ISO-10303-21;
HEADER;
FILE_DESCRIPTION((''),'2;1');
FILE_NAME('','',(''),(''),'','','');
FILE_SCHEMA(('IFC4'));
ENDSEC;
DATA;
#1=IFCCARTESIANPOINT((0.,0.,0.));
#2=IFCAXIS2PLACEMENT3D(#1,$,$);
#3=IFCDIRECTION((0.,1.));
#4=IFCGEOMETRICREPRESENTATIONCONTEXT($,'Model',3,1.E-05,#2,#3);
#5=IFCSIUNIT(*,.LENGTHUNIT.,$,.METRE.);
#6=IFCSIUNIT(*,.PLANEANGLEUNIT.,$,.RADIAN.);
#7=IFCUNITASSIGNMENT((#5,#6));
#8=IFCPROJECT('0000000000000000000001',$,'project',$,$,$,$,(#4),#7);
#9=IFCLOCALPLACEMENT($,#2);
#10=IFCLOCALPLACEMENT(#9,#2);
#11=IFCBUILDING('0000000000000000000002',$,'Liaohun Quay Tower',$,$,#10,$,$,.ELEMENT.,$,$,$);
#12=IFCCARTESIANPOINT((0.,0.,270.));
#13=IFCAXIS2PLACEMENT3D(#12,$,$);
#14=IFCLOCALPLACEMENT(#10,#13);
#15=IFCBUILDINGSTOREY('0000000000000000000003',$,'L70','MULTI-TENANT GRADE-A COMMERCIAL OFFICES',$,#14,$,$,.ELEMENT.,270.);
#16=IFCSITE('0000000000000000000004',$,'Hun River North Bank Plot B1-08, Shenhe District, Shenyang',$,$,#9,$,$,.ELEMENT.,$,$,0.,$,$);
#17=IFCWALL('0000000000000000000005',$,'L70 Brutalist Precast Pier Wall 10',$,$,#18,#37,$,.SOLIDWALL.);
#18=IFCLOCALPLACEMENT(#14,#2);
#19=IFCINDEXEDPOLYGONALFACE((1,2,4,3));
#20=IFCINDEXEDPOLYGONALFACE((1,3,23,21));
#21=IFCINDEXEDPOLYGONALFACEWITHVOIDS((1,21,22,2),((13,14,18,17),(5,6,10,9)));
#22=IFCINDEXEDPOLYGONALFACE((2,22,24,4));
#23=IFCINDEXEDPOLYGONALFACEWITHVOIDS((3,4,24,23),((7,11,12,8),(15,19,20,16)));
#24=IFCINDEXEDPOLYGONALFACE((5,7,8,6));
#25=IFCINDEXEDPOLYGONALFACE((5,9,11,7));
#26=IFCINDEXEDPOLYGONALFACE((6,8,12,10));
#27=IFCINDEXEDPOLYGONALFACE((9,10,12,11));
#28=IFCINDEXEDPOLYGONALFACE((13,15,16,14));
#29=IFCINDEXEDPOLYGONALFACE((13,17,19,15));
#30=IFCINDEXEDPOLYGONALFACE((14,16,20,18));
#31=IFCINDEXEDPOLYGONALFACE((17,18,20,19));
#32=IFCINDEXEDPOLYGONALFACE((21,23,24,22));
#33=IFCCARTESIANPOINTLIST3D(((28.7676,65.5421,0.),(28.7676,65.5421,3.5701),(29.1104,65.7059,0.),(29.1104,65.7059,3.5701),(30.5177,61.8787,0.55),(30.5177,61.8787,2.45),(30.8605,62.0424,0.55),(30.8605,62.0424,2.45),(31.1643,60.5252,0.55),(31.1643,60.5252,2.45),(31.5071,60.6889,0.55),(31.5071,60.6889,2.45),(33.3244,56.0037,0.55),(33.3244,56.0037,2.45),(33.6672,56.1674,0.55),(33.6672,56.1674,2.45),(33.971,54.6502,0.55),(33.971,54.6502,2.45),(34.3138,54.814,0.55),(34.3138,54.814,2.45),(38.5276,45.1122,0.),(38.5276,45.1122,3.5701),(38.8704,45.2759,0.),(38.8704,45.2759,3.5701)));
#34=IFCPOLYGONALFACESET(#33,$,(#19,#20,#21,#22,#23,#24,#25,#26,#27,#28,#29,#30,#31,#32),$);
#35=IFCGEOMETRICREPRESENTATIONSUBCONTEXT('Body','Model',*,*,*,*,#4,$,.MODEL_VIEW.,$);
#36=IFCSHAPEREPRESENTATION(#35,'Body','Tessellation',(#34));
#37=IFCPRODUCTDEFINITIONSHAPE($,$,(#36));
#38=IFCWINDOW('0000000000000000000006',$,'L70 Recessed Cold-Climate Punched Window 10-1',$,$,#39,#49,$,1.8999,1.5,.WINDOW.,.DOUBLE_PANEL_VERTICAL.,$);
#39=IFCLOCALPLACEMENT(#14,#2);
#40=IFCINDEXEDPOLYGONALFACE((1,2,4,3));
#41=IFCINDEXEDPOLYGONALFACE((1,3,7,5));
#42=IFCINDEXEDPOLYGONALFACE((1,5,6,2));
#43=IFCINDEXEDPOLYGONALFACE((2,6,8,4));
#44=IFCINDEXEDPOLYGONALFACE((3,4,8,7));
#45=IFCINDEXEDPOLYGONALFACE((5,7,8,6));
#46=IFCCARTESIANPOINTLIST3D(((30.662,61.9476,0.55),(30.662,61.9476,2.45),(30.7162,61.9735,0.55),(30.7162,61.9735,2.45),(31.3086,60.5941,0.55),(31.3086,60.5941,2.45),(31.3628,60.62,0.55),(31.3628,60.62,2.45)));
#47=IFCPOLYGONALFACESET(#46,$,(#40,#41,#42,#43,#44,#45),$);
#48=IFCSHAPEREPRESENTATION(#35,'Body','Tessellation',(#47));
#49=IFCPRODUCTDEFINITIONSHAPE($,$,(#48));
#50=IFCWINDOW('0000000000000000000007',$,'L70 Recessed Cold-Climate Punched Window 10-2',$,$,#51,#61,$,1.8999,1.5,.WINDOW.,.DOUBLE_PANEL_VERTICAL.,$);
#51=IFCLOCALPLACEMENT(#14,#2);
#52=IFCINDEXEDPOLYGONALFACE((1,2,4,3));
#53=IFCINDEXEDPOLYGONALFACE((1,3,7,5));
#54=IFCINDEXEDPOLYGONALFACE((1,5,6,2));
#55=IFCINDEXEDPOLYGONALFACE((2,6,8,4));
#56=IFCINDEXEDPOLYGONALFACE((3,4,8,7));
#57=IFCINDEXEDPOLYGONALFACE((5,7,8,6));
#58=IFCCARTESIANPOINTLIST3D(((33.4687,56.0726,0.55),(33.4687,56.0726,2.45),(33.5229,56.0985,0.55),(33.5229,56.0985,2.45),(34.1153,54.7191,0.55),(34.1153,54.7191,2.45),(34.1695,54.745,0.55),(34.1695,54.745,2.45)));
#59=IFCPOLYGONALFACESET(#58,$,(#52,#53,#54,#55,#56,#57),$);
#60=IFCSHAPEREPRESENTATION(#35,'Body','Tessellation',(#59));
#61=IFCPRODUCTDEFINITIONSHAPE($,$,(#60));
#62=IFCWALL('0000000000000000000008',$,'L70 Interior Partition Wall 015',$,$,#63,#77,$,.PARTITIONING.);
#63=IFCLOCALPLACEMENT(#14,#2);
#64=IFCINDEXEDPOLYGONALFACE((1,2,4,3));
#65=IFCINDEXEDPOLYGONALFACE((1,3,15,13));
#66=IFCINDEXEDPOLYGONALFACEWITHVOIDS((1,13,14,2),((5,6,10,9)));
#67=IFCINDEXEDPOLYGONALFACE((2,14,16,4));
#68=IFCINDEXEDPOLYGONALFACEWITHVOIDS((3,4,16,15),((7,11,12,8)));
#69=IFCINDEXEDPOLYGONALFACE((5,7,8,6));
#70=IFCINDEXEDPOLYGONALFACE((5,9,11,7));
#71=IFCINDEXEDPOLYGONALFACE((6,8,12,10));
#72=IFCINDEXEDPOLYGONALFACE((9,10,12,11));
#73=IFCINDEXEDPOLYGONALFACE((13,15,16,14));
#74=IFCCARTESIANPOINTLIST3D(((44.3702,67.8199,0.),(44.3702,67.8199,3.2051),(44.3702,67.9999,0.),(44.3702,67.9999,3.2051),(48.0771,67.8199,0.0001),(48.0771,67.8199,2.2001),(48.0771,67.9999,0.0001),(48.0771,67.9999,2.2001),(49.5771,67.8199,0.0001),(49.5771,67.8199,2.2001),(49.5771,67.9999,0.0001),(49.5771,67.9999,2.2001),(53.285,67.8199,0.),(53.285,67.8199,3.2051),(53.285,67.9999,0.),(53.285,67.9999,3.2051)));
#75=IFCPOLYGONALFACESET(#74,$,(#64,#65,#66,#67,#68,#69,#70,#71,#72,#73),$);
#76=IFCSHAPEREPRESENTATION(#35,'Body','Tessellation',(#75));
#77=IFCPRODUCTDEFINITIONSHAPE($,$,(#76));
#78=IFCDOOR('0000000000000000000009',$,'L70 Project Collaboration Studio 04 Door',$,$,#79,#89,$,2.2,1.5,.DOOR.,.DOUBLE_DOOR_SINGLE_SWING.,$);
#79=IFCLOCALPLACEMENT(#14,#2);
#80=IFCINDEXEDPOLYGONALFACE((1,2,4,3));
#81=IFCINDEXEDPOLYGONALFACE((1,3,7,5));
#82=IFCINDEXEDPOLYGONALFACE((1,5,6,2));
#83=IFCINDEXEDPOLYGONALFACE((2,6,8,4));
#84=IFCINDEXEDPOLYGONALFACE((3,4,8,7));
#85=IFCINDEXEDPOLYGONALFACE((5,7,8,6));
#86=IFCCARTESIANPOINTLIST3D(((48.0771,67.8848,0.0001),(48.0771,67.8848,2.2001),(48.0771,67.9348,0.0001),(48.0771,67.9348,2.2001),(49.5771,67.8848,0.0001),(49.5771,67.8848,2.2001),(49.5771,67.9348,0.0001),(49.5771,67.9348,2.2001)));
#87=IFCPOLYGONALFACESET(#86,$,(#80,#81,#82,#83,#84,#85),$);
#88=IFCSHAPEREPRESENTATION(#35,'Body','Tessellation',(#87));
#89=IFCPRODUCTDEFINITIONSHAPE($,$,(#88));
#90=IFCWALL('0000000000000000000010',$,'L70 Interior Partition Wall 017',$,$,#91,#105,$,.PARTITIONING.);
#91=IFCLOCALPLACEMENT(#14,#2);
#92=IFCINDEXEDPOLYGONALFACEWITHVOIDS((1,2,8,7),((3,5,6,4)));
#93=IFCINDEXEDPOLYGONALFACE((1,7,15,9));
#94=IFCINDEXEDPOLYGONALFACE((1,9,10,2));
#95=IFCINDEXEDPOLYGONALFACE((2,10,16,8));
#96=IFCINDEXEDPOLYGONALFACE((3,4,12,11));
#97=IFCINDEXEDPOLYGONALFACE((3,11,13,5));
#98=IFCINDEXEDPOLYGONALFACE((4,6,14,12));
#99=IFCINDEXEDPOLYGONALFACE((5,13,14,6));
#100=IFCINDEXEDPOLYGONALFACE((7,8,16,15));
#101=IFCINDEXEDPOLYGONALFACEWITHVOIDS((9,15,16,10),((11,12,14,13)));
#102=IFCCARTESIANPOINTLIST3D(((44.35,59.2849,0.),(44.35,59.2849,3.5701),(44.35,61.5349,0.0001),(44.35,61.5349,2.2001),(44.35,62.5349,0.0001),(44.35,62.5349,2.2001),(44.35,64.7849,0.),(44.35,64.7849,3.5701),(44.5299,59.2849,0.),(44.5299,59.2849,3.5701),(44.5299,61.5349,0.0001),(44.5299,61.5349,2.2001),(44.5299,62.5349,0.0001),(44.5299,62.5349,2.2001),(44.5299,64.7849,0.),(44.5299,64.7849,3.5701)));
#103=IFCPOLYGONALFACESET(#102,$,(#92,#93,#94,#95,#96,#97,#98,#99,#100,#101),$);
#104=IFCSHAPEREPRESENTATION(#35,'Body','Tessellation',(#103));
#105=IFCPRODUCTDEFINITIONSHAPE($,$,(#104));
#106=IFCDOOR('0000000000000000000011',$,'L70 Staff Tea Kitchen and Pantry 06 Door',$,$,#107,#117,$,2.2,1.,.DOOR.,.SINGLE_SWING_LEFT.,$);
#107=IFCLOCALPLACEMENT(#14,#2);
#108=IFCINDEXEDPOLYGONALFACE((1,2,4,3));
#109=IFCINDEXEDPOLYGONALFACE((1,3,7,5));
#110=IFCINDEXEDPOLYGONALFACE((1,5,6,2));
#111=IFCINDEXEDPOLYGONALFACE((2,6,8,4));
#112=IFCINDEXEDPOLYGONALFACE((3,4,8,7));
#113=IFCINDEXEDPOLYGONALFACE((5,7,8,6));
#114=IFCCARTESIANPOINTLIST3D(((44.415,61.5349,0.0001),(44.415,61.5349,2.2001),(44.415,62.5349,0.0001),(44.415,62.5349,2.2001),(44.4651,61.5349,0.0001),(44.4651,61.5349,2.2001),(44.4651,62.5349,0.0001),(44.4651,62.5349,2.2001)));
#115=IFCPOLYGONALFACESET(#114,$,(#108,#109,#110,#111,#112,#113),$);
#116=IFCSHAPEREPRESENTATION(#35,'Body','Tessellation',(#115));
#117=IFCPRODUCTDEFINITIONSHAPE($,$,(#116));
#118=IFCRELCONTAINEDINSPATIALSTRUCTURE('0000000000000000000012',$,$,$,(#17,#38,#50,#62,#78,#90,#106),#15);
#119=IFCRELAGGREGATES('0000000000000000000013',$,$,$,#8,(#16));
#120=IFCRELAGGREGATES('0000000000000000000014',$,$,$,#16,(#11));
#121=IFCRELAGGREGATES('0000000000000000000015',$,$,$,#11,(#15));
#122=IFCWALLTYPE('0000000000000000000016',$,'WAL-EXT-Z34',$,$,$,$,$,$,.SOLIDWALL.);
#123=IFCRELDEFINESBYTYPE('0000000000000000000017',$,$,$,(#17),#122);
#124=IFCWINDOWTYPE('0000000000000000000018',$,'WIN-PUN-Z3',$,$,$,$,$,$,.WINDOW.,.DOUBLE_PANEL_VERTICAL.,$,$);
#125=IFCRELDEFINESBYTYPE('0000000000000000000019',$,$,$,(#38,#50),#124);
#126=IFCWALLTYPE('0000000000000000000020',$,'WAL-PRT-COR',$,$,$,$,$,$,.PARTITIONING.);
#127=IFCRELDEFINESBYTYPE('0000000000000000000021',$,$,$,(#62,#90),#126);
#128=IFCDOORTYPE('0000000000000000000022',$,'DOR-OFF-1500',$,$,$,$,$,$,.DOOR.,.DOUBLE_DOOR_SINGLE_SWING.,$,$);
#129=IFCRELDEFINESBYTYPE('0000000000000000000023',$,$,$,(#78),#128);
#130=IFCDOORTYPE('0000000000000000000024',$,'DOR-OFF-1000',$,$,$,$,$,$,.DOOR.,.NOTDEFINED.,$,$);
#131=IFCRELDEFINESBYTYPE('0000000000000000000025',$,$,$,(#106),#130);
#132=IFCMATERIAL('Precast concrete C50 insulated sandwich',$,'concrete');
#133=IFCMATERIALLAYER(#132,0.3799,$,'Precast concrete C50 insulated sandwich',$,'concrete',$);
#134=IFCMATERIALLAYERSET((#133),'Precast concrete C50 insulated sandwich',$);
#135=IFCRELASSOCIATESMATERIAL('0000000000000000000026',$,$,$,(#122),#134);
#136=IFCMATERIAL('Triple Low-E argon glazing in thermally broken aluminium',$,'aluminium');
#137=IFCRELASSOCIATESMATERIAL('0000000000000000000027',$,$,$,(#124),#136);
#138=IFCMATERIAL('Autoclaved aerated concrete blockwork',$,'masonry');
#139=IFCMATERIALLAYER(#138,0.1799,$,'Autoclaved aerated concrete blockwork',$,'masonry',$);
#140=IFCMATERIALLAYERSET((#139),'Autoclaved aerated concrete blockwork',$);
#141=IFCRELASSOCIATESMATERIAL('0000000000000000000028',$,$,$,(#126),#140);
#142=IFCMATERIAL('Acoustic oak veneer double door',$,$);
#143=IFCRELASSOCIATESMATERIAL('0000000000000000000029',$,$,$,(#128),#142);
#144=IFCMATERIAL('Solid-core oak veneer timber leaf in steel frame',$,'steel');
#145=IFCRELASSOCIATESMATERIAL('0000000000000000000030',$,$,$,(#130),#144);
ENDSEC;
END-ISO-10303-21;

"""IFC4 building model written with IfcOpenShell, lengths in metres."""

from ifc_helpers import new_model, si_unit, direction, frame, frame_2d, origin, place, context, subcontext, project, spatial, rectangle, extrude, source, transform, mapped, material, layer, layer_set, type_object, element, fill, save


model = new_model("IFC4")

# Units and contexts
model_context = context("Model", 3, precision=1e-05, world=origin(), true_north=direction((0.0, 1.0)))
body_context = subcontext(model_context, "Body", "Model", "MODEL_VIEW")
ifc_project = project(units=[si_unit("LENGTHUNIT", "METRE"), si_unit("PLANEANGLEUNIT", "RADIAN")], contexts=[model_context])

# Site, building, storey
site_placement = place(None, origin())
site = spatial("IfcSite", under=ifc_project, at=site_placement, Name="Hun River North Bank Plot B1-08, Shenhe District, Shenyang", CompositionType="ELEMENT", RefElevation=0.0)
building_placement = place(site_placement, origin())
building = spatial("IfcBuilding", under=site, at=building_placement, Name="Liaohun Quay Tower", CompositionType="ELEMENT")
storey_placement = place(building_placement, frame((0.0, 0.0, 270.0)))
storey = spatial("IfcBuildingStorey", under=building, at=storey_placement, Name="L70", Description="MULTI-TENANT GRADE-A COMMERCIAL OFFICES", CompositionType="ELEMENT", Elevation=270.0)

# Shared definitions
ifc_material_1 = material(Name="Precast concrete C50 insulated sandwich", Category="concrete")
ifc_layer_1 = layer(ifc_material_1, 0.3799, Name="Precast concrete C50 insulated sandwich", Category="concrete")
ifc_layer_set_1 = layer_set([ifc_layer_1], Name="Precast concrete C50 insulated sandwich")
wall_type_1 = type_object("IfcWallType", Name="WAL-EXT-Z34", PredefinedType="SOLIDWALL", material=ifc_layer_set_1)

# Wall, openings, windows
wall_1_placement = place(storey_placement, frame((28.939, 65.624, 0.0), z_axis=(0.0, 0.0, 1.0), x_axis=(0.431066, -0.90232, 0.0)))
wall_1 = element("IfcWall", 1, at=wall_1_placement, inside=storey, type_object=wall_type_1, Name="L70 Brutalist Precast Pier Wall 10", PredefinedType="SOLIDWALL", context=body_context, shape_type="SweptSolid", body=[
    extrude(rectangle(XDim=22.6416, YDim=0.3799, at=frame_2d((11.3208, 0.0))), origin(), (0.0, 0.0, 1.0), 3.5701),
])
shared_shape_1 = source(origin(), body_context, "Body", "SweptSolid", [
    extrude(rectangle(XDim=1.5, YDim=1.8999, at=frame_2d((0.75, 0.95))), frame((0.0, 0.2, 0.0), z_axis=(0.0, -1.0, 0.0), x_axis=(1.0, 0.0, 0.0)), (0.0, 0.0, 1.0), 0.3999),
])
opening_1_placement = place(wall_1_placement, frame((4.0601, 0.0, 0.55)))
opening_1 = element("IfcOpeningElement", 2, at=opening_1_placement, cuts=wall_1, PredefinedType="OPENING", context=body_context, shape_type="MappedRepresentation", body=[
    mapped(shared_shape_1, transform((0.0, 0.0, 0.0), x_axis=(1.0, 0.0, 0.0), y_axis=(0.0, 1.0, 0.0), z_axis=(0.0, 0.0, 1.0), scale=1.0)),
])
opening_2_placement = place(wall_1_placement, frame((10.571, 0.0, 0.55)))
opening_2 = element("IfcOpeningElement", 3, at=opening_2_placement, cuts=wall_1, PredefinedType="OPENING", context=body_context, shape_type="MappedRepresentation", body=[
    mapped(shared_shape_1, transform((0.0, 0.0, 0.0), x_axis=(1.0, 0.0, 0.0), y_axis=(0.0, 1.0, 0.0), z_axis=(0.0, 0.0, 1.0), scale=1.0)),
])
ifc_material_2 = material(Name="Triple Low-E argon glazing in thermally broken aluminium", Category="aluminium")
window_type_1 = type_object("IfcWindowType", Name="WIN-PUN-Z3", PartitioningType="DOUBLE_PANEL_VERTICAL", PredefinedType="WINDOW", material=ifc_material_2)
shared_shape_2 = source(origin(), body_context, "Body", "SweptSolid", [
    extrude(rectangle(XDim=1.5, YDim=1.8999, at=frame_2d((0.75, 0.95))), frame((0.0, 0.03, 0.0), z_axis=(0.0, -1.0, 0.0), x_axis=(1.0, 0.0, 0.0)), (0.0, 0.0, 1.0), 0.0601),
])
window_1_placement = place(opening_1_placement, origin())
window_1 = element("IfcWindow", 4, at=window_1_placement, inside=storey, type_object=window_type_1, Name="L70 Recessed Cold-Climate Punched Window 10-1", OverallHeight=1.8999, OverallWidth=1.5, PartitioningType="DOUBLE_PANEL_VERTICAL", PredefinedType="WINDOW", context=body_context, shape_type="MappedRepresentation", body=[
    mapped(shared_shape_2, transform((0.0, 0.0, 0.0), x_axis=(1.0, 0.0, 0.0), y_axis=(0.0, 1.0, 0.0), z_axis=(0.0, 0.0, 1.0), scale=1.0)),
])
fill(opening_1, window_1)
window_2_placement = place(opening_2_placement, origin())
window_2 = element("IfcWindow", 5, at=window_2_placement, inside=storey, type_object=window_type_1, Name="L70 Recessed Cold-Climate Punched Window 10-2", OverallHeight=1.8999, OverallWidth=1.5, PartitioningType="DOUBLE_PANEL_VERTICAL", PredefinedType="WINDOW", context=body_context, shape_type="MappedRepresentation", body=[
    mapped(shared_shape_2, transform((0.0, 0.0, 0.0), x_axis=(1.0, 0.0, 0.0), y_axis=(0.0, 1.0, 0.0), z_axis=(0.0, 0.0, 1.0), scale=1.0)),
])
fill(opening_2, window_2)

# Walls, openings, doors
ifc_material_3 = material(Name="Autoclaved aerated concrete blockwork", Category="masonry")
ifc_layer_2 = layer(ifc_material_3, 0.1799, Name="Autoclaved aerated concrete blockwork", Category="masonry")
ifc_layer_set_2 = layer_set([ifc_layer_2], Name="Autoclaved aerated concrete blockwork")
wall_type_2 = type_object("IfcWallType", Name="WAL-PRT-COR", PredefinedType="PARTITIONING", material=ifc_layer_set_2)
wall_2_placement = place(storey_placement, frame((44.3701, 67.9099, 0.0), z_axis=(0.0, 0.0, 1.0), x_axis=(1.0, 0.0, 0.0)))
wall_2 = element("IfcWall", 6, at=wall_2_placement, inside=storey, type_object=wall_type_2, Name="L70 Interior Partition Wall 015", PredefinedType="PARTITIONING", context=body_context, shape_type="SweptSolid", body=[
    extrude(rectangle(XDim=8.9148, YDim=0.1799, at=frame_2d((4.4575, 0.0))), origin(), (0.0, 0.0, 1.0), 3.2051),
])
shared_shape_3 = source(origin(), body_context, "Body", "SweptSolid", [
    extrude(rectangle(XDim=1.5, YDim=2.2, at=frame_2d((0.75, 1.1001))), frame((0.0, 0.0999, 0.0), z_axis=(0.0, -1.0, 0.0), x_axis=(1.0, 0.0, 0.0)), (0.0, 0.0, 1.0), 0.2),
])
opening_3_placement = place(wall_2_placement, frame((3.707, 0.0, 0.0)))
opening_3 = element("IfcOpeningElement", 7, at=opening_3_placement, cuts=wall_2, PredefinedType="OPENING", context=body_context, shape_type="MappedRepresentation", body=[
    mapped(shared_shape_3, transform((0.0, 0.0, 0.0), x_axis=(1.0, 0.0, 0.0), y_axis=(0.0, 1.0, 0.0), z_axis=(0.0, 0.0, 1.0), scale=1.0)),
])
ifc_material_4 = material(Name="Acoustic oak veneer double door")
door_type_1 = type_object("IfcDoorType", Name="DOR-OFF-1500", OperationType="DOUBLE_DOOR_SINGLE_SWING", PredefinedType="DOOR", material=ifc_material_4)
shared_shape_4 = source(origin(), body_context, "Body", "SweptSolid", [
    extrude(rectangle(XDim=1.5, YDim=2.2, at=frame_2d((0.75, 1.1001))), frame((0.0, 0.0249, 0.0), z_axis=(0.0, -1.0, 0.0), x_axis=(1.0, 0.0, 0.0)), (0.0, 0.0, 1.0), 0.05),
])
door_1_placement = place(opening_3_placement, origin())
door_1 = element("IfcDoor", 8, at=door_1_placement, inside=storey, type_object=door_type_1, Name="L70 Project Collaboration Studio 04 Door", OperationType="DOUBLE_DOOR_SINGLE_SWING", OverallHeight=2.2, OverallWidth=1.5, PredefinedType="DOOR", context=body_context, shape_type="MappedRepresentation", body=[
    mapped(shared_shape_4, transform((0.0, 0.0, 0.0), x_axis=(1.0, 0.0, 0.0), y_axis=(0.0, 1.0, 0.0), z_axis=(0.0, 0.0, 1.0), scale=1.0)),
])
fill(opening_3, door_1)
wall_3_placement = place(storey_placement, frame((44.4399, 59.2849, 0.0), z_axis=(0.0, 0.0, 1.0), x_axis=(0.0, 1.0, 0.0)))
wall_3 = element("IfcWall", 9, at=wall_3_placement, inside=storey, type_object=wall_type_2, Name="L70 Interior Partition Wall 017", PredefinedType="PARTITIONING", context=body_context, shape_type="SweptSolid", body=[
    extrude(rectangle(XDim=5.5, YDim=0.1799, at=frame_2d((2.75, 0.0))), origin(), (0.0, 0.0, 1.0), 3.5701),
])
shared_shape_5 = source(origin(), body_context, "Body", "SweptSolid", [
    extrude(rectangle(XDim=1.0, YDim=2.2, at=frame_2d((0.5, 1.1001))), frame((0.0, 0.0999, 0.0), z_axis=(0.0, -1.0, 0.0), x_axis=(1.0, 0.0, 0.0)), (0.0, 0.0, 1.0), 0.2),
])
opening_4_placement = place(wall_3_placement, frame((2.25, 0.0, 0.0)))
opening_4 = element("IfcOpeningElement", 10, at=opening_4_placement, cuts=wall_3, PredefinedType="OPENING", context=body_context, shape_type="MappedRepresentation", body=[
    mapped(shared_shape_5, transform((0.0, 0.0, 0.0), x_axis=(1.0, 0.0, 0.0), y_axis=(0.0, 1.0, 0.0), z_axis=(0.0, 0.0, 1.0), scale=1.0)),
])
ifc_material_5 = material(Name="Solid-core oak veneer timber leaf in steel frame", Category="steel")
door_type_2 = type_object("IfcDoorType", Name="DOR-OFF-1000", OperationType="NOTDEFINED", PredefinedType="DOOR", material=ifc_material_5)
shared_shape_6 = source(origin(), body_context, "Body", "SweptSolid", [
    extrude(rectangle(XDim=1.0, YDim=2.2, at=frame_2d((0.5, 1.1001))), frame((0.0, 0.0249, 0.0), z_axis=(0.0, -1.0, 0.0), x_axis=(1.0, 0.0, 0.0)), (0.0, 0.0, 1.0), 0.05),
])
door_2_placement = place(opening_4_placement, origin())
door_2 = element("IfcDoor", 11, at=door_2_placement, inside=storey, type_object=door_type_2, Name="L70 Staff Tea Kitchen and Pantry 06 Door", OperationType="SINGLE_SWING_LEFT", OverallHeight=2.2, OverallWidth=1.0, PredefinedType="DOOR", context=body_context, shape_type="MappedRepresentation", body=[
    mapped(shared_shape_6, transform((0.0, 0.0, 0.0), x_axis=(1.0, 0.0, 0.0), y_axis=(0.0, 1.0, 0.0), z_axis=(0.0, 0.0, 1.0), scale=1.0)),
])
fill(opening_4, door_2)

save(model, "model.ifc")
